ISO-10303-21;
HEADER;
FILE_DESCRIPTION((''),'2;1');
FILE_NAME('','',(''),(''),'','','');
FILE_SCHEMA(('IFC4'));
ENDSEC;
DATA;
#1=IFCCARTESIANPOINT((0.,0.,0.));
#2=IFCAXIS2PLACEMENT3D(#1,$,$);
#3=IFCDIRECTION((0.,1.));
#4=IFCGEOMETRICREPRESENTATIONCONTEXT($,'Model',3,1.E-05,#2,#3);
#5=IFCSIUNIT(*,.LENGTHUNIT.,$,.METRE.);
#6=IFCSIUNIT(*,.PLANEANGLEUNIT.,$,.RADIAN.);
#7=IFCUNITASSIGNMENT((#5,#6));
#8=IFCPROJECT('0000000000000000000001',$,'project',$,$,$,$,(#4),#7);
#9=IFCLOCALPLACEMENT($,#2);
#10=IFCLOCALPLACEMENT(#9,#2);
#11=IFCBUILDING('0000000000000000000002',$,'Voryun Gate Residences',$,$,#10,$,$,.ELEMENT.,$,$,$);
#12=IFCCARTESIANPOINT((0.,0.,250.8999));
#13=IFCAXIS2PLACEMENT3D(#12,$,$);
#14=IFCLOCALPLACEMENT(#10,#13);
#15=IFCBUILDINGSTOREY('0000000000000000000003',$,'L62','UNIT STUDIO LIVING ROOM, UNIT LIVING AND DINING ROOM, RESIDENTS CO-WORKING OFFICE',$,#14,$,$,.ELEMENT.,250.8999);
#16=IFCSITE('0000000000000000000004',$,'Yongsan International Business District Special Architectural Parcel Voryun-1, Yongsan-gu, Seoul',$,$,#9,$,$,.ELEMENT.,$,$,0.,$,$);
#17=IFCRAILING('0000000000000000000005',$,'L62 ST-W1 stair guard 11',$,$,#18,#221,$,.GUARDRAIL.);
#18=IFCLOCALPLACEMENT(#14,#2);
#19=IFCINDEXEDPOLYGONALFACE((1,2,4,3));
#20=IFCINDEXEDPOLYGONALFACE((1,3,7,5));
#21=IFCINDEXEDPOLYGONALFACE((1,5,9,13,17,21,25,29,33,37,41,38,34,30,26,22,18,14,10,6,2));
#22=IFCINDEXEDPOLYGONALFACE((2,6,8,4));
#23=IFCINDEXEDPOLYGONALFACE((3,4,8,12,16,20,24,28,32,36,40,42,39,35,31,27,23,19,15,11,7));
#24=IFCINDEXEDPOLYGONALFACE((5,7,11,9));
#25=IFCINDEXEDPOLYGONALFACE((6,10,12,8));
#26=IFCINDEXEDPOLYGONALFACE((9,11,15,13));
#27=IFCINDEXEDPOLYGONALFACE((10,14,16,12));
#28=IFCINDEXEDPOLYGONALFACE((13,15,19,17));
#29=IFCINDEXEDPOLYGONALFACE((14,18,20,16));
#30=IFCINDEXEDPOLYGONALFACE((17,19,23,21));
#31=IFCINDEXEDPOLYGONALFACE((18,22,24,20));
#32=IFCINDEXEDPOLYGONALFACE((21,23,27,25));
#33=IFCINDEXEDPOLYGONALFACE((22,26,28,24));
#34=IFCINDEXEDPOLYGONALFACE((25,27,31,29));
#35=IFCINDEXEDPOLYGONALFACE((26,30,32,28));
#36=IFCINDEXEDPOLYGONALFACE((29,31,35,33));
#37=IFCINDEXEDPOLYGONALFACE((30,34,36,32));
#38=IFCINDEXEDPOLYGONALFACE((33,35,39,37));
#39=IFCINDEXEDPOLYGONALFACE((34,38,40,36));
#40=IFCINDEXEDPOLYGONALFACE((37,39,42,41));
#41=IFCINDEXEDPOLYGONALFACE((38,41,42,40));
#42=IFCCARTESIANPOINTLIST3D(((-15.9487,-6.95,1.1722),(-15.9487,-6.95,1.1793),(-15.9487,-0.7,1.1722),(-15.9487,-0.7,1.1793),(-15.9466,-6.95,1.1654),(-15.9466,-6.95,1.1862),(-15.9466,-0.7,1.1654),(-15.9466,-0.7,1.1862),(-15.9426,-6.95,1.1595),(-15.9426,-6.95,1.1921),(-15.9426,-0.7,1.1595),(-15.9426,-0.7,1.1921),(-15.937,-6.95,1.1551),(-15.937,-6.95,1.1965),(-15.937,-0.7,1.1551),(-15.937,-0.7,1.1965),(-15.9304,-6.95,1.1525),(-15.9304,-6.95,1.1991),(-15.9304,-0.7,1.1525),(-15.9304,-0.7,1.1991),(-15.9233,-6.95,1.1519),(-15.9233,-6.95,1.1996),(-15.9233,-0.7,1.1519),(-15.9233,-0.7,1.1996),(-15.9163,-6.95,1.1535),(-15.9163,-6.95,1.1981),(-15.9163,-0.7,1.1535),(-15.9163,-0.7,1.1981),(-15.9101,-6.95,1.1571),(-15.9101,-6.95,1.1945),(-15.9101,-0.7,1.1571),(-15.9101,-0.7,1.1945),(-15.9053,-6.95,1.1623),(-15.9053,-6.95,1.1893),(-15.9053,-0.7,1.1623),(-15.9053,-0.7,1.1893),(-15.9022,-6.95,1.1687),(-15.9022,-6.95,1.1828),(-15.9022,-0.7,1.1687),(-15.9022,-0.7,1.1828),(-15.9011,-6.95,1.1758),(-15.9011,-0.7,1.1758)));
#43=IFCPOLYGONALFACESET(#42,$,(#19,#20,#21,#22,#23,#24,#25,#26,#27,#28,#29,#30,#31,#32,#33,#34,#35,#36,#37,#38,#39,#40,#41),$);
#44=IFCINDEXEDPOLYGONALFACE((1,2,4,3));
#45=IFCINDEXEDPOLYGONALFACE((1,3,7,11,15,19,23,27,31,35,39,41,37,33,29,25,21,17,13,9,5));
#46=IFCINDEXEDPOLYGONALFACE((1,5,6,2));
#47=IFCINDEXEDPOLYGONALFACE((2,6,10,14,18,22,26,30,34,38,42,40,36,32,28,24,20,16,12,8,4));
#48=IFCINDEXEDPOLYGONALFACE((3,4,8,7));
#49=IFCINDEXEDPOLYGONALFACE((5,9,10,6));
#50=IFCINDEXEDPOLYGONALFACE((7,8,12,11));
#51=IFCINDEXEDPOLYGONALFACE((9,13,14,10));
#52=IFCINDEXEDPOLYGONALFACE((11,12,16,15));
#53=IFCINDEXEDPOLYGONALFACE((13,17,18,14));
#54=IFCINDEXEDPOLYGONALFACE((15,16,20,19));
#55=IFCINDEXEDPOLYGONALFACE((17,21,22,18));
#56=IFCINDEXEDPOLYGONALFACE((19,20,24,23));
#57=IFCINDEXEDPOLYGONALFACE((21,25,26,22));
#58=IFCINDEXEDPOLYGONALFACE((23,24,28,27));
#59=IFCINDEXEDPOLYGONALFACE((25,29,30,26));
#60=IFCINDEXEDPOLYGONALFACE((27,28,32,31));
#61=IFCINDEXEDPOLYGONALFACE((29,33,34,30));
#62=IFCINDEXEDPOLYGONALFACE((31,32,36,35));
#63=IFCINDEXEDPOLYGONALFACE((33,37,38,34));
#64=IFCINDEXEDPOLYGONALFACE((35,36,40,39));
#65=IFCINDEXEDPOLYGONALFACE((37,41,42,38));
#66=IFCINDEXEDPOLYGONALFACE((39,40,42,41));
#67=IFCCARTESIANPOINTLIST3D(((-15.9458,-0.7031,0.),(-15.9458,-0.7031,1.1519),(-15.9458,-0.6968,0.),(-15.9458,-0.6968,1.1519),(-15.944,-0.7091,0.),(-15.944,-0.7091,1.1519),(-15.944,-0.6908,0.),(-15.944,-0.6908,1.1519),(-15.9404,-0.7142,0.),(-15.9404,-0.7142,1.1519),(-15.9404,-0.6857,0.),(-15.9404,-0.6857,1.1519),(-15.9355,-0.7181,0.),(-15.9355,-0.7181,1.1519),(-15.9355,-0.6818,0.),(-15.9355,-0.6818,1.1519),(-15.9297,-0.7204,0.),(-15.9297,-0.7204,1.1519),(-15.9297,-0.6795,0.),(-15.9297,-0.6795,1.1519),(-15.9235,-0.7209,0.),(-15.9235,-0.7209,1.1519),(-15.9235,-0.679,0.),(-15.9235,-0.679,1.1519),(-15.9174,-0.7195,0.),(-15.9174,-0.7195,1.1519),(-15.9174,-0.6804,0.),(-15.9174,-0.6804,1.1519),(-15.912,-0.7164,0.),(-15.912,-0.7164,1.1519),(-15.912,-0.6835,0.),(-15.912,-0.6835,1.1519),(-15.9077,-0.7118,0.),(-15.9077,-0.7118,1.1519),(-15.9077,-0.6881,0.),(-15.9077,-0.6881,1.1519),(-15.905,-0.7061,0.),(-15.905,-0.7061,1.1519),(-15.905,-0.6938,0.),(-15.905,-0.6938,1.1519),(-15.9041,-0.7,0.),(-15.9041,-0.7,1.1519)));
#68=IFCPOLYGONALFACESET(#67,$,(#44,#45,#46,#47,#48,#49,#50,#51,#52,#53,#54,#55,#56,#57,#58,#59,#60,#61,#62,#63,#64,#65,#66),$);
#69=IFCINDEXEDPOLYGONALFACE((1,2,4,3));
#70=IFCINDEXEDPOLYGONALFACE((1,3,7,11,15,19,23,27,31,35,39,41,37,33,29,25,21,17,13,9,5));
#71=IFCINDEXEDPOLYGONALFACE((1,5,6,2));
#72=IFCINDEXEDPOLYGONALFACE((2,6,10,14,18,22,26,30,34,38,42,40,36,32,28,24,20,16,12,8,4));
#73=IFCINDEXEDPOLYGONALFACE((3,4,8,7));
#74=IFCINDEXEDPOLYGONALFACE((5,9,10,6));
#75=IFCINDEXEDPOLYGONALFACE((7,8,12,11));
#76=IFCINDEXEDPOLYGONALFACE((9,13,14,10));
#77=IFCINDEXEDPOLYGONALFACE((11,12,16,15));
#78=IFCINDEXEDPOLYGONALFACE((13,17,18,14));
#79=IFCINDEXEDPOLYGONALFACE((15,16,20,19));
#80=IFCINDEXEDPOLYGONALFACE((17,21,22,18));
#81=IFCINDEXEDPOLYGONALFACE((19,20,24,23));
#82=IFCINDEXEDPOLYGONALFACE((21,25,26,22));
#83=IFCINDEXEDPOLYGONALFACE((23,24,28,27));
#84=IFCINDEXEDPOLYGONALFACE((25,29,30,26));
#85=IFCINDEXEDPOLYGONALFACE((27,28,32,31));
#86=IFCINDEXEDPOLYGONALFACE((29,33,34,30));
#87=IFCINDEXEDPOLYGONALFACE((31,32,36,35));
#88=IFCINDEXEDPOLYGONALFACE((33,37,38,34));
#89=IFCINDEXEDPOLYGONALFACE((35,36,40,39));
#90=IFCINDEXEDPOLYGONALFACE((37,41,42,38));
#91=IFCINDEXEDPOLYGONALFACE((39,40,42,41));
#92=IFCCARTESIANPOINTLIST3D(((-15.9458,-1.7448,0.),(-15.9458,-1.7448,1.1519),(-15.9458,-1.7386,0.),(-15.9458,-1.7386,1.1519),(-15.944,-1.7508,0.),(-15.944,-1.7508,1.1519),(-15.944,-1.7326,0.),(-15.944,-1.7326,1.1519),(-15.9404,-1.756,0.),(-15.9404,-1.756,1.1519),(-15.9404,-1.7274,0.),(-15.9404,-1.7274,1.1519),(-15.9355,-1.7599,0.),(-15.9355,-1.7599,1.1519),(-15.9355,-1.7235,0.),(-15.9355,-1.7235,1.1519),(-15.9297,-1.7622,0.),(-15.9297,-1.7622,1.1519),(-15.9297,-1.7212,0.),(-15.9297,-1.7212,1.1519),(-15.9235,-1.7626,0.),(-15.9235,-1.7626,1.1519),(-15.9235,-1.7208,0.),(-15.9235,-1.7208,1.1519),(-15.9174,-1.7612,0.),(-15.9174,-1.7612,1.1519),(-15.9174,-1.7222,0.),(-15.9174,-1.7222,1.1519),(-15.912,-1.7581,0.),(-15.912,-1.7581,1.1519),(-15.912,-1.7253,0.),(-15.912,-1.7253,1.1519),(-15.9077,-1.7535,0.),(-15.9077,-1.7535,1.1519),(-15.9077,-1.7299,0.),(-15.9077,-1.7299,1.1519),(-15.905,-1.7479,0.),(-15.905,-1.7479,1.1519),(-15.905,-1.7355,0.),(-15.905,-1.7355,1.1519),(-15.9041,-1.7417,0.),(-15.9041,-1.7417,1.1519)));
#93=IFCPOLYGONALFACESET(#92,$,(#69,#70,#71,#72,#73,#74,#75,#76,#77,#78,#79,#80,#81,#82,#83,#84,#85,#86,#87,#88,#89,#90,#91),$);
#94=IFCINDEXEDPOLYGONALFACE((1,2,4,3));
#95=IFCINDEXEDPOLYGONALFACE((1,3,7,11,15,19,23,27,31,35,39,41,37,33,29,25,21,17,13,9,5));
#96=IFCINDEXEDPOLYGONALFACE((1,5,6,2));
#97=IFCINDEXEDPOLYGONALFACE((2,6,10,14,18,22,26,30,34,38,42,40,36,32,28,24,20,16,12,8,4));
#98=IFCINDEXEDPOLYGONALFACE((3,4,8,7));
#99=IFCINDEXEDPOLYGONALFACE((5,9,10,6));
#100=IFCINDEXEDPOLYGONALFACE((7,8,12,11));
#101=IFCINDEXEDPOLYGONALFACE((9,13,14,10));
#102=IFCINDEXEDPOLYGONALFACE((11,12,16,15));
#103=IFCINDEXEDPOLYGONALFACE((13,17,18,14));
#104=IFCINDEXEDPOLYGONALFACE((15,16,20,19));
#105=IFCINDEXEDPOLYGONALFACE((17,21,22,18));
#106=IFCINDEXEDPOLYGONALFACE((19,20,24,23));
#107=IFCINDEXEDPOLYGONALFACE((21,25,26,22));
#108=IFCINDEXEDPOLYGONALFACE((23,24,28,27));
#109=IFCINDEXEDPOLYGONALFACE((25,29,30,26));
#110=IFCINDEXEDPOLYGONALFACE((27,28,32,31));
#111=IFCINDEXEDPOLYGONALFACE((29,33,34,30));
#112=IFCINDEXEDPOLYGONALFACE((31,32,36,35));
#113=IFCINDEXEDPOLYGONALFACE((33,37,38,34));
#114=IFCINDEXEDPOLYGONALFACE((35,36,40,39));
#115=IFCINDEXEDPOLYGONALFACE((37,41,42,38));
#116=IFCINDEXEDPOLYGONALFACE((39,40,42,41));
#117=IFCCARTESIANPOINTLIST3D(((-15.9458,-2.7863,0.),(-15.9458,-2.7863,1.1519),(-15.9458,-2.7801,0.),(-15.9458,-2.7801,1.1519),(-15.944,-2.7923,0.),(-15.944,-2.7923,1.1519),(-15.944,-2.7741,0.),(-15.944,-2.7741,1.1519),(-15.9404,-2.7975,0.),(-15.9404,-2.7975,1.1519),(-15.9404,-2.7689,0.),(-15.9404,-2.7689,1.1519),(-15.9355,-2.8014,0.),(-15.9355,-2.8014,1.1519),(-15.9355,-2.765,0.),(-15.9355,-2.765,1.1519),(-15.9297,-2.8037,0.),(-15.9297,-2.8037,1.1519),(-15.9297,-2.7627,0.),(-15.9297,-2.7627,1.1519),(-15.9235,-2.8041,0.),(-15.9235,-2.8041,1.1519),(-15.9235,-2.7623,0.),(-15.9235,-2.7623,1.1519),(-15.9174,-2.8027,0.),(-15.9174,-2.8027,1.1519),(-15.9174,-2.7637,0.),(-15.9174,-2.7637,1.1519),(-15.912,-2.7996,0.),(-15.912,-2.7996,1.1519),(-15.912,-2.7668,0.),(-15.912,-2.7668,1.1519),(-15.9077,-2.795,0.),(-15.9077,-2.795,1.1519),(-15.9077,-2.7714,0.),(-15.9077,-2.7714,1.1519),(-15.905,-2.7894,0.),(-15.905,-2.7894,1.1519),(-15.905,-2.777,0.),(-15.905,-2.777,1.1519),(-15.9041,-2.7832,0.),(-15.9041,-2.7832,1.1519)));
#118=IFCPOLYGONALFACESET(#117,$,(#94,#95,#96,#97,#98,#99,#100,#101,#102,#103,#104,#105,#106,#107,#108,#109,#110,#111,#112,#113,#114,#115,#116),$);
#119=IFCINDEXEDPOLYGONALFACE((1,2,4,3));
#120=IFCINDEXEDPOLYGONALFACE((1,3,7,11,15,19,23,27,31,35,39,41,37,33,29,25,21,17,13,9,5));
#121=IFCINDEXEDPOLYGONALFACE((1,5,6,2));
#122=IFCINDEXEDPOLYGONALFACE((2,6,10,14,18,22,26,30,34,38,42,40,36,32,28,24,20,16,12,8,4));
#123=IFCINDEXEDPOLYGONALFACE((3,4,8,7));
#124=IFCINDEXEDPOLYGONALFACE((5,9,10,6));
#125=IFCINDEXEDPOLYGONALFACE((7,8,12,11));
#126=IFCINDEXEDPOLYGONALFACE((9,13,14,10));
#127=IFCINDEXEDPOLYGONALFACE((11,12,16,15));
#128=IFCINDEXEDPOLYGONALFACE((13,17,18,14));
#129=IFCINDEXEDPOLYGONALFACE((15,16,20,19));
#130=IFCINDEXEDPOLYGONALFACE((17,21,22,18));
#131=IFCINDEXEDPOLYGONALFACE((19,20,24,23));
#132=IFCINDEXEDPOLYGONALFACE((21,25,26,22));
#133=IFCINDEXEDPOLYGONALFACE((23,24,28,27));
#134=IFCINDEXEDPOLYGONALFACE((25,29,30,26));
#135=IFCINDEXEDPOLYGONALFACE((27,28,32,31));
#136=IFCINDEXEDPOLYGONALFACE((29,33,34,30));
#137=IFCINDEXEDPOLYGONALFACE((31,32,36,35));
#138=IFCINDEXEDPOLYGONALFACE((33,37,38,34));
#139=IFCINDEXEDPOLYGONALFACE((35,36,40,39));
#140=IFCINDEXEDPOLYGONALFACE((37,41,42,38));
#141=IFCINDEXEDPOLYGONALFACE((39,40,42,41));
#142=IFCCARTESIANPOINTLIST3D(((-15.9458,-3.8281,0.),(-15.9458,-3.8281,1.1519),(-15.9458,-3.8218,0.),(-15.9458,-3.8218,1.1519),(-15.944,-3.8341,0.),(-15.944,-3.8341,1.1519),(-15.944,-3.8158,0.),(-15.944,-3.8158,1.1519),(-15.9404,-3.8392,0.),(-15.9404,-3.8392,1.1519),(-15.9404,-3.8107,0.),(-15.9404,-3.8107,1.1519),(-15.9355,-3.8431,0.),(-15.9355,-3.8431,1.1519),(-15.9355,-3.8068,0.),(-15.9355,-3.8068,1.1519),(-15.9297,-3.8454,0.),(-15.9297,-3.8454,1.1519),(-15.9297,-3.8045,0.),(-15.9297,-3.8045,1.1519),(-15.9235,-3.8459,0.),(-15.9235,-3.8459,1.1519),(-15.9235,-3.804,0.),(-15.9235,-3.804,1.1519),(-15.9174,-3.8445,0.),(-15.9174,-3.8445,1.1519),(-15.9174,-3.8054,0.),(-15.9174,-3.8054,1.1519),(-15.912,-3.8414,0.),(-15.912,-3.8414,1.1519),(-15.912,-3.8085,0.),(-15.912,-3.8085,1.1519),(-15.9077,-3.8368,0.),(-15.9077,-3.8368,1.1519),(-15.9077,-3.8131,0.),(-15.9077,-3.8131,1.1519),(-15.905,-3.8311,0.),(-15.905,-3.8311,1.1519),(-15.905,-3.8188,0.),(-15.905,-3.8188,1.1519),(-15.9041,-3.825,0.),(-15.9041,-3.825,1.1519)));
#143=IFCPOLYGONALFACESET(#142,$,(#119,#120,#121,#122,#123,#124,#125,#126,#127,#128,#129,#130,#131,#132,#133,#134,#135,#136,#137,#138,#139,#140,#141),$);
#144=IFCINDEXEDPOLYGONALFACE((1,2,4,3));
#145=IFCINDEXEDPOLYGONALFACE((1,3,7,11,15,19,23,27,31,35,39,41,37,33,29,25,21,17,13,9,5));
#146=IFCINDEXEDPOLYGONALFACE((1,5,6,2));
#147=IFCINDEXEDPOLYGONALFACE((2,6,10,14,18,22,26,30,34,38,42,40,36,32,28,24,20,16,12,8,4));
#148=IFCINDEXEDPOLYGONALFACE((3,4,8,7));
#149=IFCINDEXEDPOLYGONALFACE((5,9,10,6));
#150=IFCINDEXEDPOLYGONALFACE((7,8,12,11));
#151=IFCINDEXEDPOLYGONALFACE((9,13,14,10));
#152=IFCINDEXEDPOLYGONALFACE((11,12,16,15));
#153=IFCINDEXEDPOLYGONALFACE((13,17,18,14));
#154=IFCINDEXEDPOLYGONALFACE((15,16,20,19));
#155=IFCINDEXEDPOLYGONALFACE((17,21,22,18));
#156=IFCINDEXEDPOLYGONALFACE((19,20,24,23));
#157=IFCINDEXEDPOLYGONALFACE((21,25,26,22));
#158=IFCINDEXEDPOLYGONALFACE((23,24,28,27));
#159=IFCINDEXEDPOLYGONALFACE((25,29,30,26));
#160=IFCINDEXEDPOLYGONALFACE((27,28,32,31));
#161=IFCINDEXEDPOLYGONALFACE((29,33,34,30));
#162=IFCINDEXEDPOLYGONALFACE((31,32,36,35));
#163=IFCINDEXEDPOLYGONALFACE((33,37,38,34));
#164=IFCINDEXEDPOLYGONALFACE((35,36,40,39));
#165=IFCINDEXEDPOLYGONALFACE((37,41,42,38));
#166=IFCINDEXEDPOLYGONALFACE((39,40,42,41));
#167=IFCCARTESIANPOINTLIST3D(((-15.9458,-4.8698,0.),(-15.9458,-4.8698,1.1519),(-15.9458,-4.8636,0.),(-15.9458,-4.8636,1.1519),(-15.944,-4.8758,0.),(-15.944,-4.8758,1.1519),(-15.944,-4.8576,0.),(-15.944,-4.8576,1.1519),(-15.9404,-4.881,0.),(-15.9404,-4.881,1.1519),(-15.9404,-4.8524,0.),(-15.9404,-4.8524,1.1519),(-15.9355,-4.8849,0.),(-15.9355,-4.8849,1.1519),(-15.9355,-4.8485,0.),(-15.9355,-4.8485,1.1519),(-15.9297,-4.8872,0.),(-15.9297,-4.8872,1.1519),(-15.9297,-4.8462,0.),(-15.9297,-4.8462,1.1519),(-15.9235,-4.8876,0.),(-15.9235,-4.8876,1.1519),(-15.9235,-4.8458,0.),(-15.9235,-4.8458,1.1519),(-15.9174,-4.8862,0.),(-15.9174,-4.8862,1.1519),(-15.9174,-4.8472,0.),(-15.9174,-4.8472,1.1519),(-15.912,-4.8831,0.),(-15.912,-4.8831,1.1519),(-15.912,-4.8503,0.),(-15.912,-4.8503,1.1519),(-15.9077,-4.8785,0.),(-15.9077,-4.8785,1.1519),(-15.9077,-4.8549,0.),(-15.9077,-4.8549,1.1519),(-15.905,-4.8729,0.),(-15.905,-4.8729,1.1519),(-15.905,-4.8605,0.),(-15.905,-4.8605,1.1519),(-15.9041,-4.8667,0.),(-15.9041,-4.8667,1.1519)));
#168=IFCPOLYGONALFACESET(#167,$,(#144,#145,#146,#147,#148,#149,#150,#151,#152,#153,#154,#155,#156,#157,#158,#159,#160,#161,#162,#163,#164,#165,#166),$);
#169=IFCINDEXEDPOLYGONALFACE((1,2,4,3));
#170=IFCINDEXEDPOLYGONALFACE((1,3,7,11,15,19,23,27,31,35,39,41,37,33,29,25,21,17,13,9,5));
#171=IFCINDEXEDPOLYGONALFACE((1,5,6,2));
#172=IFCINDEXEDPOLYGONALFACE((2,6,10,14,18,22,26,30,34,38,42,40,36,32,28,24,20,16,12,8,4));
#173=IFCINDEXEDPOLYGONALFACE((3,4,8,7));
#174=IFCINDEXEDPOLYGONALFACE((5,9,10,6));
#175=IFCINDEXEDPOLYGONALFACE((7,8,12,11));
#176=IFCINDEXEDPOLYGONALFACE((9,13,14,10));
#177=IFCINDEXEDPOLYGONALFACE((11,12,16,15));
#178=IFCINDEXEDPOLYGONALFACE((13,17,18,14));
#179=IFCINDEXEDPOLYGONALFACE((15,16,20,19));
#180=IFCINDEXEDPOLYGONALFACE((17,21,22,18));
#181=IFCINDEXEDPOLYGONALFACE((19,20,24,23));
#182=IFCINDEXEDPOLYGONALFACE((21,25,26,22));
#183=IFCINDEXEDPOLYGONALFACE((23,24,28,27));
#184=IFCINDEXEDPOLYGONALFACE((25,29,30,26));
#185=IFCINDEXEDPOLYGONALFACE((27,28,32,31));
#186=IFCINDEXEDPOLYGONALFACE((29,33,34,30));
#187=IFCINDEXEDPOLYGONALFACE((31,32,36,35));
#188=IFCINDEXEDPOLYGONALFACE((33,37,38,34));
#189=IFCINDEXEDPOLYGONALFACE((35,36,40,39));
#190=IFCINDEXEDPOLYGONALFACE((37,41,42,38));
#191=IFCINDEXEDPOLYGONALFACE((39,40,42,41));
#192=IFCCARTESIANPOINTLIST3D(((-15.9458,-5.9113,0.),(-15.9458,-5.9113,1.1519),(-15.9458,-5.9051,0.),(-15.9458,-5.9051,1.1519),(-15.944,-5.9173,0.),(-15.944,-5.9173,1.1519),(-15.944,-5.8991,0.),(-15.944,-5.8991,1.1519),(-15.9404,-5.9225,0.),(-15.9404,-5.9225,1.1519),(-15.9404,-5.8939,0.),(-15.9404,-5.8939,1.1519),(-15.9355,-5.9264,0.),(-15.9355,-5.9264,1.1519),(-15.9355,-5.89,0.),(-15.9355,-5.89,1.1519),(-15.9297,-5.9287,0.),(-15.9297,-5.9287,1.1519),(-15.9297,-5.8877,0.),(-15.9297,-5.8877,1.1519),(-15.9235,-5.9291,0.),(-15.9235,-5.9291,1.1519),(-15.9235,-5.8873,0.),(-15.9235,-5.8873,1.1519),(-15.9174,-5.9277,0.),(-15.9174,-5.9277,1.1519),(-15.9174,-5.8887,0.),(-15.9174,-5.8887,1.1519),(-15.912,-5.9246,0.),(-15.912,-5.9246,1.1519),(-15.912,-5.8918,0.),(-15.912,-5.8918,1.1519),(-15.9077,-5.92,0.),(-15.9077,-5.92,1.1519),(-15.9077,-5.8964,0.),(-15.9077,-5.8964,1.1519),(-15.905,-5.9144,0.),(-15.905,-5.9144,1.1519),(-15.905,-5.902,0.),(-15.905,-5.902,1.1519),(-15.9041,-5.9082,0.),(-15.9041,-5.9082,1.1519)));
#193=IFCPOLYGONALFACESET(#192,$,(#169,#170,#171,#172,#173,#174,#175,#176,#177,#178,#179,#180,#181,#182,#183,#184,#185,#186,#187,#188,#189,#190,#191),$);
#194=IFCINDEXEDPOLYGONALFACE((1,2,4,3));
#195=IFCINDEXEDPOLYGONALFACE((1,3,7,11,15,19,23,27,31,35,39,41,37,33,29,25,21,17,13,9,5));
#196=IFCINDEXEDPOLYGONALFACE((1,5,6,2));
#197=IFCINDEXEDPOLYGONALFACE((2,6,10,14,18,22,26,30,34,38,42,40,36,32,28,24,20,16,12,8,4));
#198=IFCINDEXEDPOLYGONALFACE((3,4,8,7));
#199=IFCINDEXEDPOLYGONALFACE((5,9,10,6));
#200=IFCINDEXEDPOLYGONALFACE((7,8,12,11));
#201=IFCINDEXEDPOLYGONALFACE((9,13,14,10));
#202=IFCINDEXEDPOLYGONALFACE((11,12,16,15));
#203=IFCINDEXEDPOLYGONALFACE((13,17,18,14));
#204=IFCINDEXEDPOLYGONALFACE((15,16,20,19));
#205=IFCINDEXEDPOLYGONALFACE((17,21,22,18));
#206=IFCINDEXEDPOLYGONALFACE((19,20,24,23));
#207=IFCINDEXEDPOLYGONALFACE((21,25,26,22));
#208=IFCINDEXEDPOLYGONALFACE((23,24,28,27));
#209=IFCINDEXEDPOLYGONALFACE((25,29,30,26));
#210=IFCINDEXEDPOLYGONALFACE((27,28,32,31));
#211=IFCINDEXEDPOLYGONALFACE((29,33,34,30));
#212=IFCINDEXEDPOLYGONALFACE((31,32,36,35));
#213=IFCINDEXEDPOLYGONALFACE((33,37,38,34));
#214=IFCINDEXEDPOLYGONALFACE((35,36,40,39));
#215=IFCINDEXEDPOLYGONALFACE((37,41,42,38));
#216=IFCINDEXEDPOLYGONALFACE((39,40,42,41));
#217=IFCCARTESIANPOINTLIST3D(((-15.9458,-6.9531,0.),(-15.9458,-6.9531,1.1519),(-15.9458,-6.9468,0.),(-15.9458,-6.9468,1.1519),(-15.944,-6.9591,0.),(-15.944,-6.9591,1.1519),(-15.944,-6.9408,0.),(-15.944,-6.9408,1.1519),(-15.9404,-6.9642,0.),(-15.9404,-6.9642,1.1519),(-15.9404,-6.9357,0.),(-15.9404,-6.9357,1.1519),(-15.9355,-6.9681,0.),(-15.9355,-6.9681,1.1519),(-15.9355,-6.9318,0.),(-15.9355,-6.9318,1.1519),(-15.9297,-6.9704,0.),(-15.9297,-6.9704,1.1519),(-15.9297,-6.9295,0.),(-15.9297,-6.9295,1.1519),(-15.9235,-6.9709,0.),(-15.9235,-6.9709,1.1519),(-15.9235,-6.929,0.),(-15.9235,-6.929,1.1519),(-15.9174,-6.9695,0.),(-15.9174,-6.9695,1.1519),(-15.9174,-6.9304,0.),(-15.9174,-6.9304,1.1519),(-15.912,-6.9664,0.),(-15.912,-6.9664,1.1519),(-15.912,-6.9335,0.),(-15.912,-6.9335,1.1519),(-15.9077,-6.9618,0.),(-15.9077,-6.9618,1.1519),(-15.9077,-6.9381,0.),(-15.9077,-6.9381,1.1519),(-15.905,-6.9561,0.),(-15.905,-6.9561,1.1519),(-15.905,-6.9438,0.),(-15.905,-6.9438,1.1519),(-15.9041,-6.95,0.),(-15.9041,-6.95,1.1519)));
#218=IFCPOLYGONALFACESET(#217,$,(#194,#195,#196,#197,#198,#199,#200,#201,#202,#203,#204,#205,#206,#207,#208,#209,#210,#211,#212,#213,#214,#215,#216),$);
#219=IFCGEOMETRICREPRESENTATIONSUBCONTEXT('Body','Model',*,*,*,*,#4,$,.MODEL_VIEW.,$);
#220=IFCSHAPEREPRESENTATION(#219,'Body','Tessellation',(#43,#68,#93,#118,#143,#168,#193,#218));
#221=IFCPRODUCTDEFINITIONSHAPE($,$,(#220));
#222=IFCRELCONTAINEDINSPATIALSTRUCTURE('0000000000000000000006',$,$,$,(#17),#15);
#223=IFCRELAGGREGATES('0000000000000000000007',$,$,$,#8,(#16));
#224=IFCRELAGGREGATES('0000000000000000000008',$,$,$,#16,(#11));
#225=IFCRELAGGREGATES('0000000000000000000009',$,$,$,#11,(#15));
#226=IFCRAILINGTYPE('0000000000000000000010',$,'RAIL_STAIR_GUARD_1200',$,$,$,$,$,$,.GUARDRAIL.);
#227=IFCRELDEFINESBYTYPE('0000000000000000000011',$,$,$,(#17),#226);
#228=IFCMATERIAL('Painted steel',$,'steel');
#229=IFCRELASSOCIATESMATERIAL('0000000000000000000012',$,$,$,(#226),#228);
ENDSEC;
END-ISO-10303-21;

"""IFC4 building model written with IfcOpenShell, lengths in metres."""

from ifc_helpers import new_model, si_unit, direction, frame, origin, origin_2d, place, context, subcontext, project, spatial, circle, extrude, material, type_object, element, save


model = new_model("IFC4")

# Units and contexts
model_context = context("Model", 3, precision=1e-05, world=origin(), true_north=direction((0.0, 1.0)))
body_context = subcontext(model_context, "Body", "Model", "MODEL_VIEW")
ifc_project = project(units=[si_unit("LENGTHUNIT", "METRE"), si_unit("PLANEANGLEUNIT", "RADIAN")], contexts=[model_context])

# Site, building, storey
site_placement = place(None, origin())
site = spatial("IfcSite", under=ifc_project, at=site_placement, Name="Yongsan International Business District Special Architectural Parcel Voryun-1, Yongsan-gu, Seoul", CompositionType="ELEMENT", RefElevation=0.0)
building_placement = place(site_placement, origin())
building = spatial("IfcBuilding", under=site, at=building_placement, Name="Voryun Gate Residences", CompositionType="ELEMENT")
storey_placement = place(building_placement, frame((0.0, 0.0, 250.8999)))
storey = spatial("IfcBuildingStorey", under=building, at=storey_placement, Name="L62", Description="UNIT STUDIO LIVING ROOM, UNIT LIVING AND DINING ROOM, RESIDENTS CO-WORKING OFFICE", CompositionType="ELEMENT", Elevation=250.8999)

# Railing
ifc_material_1 = material(Name="Painted steel", Category="steel")
railing_type = type_object("IfcRailingType", Name="RAIL_STAIR_GUARD_1200", PredefinedType="GUARDRAIL", material=ifc_material_1)
railing_1_placement = place(storey_placement, frame((-15.925, -0.7, 0.0)))
element("IfcRailing", 1, at=railing_1_placement, inside=storey, type_object=railing_type, Name="L62 ST-W1 stair guard 11", PredefinedType="GUARDRAIL", context=body_context, shape_type="SweptSolid", body=[
    extrude(circle(Radius=0.0239, at=origin_2d()), frame((0.0, 0.0, 1.1758), z_axis=(0.0, -1.0, 0.0), x_axis=(1.0, 0.0, 0.0)), (0.0, 0.0, 1.0), 6.25),
    extrude(circle(Radius=0.021, at=origin_2d()), origin(), (0.0, 0.0, 1.0), 1.1519),
    extrude(circle(Radius=0.021, at=origin_2d()), frame((0.0, -1.0417, 0.0)), (0.0, 0.0, 1.0), 1.1519),
    extrude(circle(Radius=0.021, at=origin_2d()), frame((0.0, -2.0833, 0.0)), (0.0, 0.0, 1.0), 1.1519),
    extrude(circle(Radius=0.021, at=origin_2d()), frame((0.0, -3.125, 0.0)), (0.0, 0.0, 1.0), 1.1519),
    extrude(circle(Radius=0.021, at=origin_2d()), frame((0.0, -4.1667, 0.0)), (0.0, 0.0, 1.0), 1.1519),
    extrude(circle(Radius=0.021, at=origin_2d()), frame((0.0, -5.2083, 0.0)), (0.0, 0.0, 1.0), 1.1519),
    extrude(circle(Radius=0.021, at=origin_2d()), frame((0.0, -6.25, 0.0)), (0.0, 0.0, 1.0), 1.1519),
])

save(model, "model.ifc")
